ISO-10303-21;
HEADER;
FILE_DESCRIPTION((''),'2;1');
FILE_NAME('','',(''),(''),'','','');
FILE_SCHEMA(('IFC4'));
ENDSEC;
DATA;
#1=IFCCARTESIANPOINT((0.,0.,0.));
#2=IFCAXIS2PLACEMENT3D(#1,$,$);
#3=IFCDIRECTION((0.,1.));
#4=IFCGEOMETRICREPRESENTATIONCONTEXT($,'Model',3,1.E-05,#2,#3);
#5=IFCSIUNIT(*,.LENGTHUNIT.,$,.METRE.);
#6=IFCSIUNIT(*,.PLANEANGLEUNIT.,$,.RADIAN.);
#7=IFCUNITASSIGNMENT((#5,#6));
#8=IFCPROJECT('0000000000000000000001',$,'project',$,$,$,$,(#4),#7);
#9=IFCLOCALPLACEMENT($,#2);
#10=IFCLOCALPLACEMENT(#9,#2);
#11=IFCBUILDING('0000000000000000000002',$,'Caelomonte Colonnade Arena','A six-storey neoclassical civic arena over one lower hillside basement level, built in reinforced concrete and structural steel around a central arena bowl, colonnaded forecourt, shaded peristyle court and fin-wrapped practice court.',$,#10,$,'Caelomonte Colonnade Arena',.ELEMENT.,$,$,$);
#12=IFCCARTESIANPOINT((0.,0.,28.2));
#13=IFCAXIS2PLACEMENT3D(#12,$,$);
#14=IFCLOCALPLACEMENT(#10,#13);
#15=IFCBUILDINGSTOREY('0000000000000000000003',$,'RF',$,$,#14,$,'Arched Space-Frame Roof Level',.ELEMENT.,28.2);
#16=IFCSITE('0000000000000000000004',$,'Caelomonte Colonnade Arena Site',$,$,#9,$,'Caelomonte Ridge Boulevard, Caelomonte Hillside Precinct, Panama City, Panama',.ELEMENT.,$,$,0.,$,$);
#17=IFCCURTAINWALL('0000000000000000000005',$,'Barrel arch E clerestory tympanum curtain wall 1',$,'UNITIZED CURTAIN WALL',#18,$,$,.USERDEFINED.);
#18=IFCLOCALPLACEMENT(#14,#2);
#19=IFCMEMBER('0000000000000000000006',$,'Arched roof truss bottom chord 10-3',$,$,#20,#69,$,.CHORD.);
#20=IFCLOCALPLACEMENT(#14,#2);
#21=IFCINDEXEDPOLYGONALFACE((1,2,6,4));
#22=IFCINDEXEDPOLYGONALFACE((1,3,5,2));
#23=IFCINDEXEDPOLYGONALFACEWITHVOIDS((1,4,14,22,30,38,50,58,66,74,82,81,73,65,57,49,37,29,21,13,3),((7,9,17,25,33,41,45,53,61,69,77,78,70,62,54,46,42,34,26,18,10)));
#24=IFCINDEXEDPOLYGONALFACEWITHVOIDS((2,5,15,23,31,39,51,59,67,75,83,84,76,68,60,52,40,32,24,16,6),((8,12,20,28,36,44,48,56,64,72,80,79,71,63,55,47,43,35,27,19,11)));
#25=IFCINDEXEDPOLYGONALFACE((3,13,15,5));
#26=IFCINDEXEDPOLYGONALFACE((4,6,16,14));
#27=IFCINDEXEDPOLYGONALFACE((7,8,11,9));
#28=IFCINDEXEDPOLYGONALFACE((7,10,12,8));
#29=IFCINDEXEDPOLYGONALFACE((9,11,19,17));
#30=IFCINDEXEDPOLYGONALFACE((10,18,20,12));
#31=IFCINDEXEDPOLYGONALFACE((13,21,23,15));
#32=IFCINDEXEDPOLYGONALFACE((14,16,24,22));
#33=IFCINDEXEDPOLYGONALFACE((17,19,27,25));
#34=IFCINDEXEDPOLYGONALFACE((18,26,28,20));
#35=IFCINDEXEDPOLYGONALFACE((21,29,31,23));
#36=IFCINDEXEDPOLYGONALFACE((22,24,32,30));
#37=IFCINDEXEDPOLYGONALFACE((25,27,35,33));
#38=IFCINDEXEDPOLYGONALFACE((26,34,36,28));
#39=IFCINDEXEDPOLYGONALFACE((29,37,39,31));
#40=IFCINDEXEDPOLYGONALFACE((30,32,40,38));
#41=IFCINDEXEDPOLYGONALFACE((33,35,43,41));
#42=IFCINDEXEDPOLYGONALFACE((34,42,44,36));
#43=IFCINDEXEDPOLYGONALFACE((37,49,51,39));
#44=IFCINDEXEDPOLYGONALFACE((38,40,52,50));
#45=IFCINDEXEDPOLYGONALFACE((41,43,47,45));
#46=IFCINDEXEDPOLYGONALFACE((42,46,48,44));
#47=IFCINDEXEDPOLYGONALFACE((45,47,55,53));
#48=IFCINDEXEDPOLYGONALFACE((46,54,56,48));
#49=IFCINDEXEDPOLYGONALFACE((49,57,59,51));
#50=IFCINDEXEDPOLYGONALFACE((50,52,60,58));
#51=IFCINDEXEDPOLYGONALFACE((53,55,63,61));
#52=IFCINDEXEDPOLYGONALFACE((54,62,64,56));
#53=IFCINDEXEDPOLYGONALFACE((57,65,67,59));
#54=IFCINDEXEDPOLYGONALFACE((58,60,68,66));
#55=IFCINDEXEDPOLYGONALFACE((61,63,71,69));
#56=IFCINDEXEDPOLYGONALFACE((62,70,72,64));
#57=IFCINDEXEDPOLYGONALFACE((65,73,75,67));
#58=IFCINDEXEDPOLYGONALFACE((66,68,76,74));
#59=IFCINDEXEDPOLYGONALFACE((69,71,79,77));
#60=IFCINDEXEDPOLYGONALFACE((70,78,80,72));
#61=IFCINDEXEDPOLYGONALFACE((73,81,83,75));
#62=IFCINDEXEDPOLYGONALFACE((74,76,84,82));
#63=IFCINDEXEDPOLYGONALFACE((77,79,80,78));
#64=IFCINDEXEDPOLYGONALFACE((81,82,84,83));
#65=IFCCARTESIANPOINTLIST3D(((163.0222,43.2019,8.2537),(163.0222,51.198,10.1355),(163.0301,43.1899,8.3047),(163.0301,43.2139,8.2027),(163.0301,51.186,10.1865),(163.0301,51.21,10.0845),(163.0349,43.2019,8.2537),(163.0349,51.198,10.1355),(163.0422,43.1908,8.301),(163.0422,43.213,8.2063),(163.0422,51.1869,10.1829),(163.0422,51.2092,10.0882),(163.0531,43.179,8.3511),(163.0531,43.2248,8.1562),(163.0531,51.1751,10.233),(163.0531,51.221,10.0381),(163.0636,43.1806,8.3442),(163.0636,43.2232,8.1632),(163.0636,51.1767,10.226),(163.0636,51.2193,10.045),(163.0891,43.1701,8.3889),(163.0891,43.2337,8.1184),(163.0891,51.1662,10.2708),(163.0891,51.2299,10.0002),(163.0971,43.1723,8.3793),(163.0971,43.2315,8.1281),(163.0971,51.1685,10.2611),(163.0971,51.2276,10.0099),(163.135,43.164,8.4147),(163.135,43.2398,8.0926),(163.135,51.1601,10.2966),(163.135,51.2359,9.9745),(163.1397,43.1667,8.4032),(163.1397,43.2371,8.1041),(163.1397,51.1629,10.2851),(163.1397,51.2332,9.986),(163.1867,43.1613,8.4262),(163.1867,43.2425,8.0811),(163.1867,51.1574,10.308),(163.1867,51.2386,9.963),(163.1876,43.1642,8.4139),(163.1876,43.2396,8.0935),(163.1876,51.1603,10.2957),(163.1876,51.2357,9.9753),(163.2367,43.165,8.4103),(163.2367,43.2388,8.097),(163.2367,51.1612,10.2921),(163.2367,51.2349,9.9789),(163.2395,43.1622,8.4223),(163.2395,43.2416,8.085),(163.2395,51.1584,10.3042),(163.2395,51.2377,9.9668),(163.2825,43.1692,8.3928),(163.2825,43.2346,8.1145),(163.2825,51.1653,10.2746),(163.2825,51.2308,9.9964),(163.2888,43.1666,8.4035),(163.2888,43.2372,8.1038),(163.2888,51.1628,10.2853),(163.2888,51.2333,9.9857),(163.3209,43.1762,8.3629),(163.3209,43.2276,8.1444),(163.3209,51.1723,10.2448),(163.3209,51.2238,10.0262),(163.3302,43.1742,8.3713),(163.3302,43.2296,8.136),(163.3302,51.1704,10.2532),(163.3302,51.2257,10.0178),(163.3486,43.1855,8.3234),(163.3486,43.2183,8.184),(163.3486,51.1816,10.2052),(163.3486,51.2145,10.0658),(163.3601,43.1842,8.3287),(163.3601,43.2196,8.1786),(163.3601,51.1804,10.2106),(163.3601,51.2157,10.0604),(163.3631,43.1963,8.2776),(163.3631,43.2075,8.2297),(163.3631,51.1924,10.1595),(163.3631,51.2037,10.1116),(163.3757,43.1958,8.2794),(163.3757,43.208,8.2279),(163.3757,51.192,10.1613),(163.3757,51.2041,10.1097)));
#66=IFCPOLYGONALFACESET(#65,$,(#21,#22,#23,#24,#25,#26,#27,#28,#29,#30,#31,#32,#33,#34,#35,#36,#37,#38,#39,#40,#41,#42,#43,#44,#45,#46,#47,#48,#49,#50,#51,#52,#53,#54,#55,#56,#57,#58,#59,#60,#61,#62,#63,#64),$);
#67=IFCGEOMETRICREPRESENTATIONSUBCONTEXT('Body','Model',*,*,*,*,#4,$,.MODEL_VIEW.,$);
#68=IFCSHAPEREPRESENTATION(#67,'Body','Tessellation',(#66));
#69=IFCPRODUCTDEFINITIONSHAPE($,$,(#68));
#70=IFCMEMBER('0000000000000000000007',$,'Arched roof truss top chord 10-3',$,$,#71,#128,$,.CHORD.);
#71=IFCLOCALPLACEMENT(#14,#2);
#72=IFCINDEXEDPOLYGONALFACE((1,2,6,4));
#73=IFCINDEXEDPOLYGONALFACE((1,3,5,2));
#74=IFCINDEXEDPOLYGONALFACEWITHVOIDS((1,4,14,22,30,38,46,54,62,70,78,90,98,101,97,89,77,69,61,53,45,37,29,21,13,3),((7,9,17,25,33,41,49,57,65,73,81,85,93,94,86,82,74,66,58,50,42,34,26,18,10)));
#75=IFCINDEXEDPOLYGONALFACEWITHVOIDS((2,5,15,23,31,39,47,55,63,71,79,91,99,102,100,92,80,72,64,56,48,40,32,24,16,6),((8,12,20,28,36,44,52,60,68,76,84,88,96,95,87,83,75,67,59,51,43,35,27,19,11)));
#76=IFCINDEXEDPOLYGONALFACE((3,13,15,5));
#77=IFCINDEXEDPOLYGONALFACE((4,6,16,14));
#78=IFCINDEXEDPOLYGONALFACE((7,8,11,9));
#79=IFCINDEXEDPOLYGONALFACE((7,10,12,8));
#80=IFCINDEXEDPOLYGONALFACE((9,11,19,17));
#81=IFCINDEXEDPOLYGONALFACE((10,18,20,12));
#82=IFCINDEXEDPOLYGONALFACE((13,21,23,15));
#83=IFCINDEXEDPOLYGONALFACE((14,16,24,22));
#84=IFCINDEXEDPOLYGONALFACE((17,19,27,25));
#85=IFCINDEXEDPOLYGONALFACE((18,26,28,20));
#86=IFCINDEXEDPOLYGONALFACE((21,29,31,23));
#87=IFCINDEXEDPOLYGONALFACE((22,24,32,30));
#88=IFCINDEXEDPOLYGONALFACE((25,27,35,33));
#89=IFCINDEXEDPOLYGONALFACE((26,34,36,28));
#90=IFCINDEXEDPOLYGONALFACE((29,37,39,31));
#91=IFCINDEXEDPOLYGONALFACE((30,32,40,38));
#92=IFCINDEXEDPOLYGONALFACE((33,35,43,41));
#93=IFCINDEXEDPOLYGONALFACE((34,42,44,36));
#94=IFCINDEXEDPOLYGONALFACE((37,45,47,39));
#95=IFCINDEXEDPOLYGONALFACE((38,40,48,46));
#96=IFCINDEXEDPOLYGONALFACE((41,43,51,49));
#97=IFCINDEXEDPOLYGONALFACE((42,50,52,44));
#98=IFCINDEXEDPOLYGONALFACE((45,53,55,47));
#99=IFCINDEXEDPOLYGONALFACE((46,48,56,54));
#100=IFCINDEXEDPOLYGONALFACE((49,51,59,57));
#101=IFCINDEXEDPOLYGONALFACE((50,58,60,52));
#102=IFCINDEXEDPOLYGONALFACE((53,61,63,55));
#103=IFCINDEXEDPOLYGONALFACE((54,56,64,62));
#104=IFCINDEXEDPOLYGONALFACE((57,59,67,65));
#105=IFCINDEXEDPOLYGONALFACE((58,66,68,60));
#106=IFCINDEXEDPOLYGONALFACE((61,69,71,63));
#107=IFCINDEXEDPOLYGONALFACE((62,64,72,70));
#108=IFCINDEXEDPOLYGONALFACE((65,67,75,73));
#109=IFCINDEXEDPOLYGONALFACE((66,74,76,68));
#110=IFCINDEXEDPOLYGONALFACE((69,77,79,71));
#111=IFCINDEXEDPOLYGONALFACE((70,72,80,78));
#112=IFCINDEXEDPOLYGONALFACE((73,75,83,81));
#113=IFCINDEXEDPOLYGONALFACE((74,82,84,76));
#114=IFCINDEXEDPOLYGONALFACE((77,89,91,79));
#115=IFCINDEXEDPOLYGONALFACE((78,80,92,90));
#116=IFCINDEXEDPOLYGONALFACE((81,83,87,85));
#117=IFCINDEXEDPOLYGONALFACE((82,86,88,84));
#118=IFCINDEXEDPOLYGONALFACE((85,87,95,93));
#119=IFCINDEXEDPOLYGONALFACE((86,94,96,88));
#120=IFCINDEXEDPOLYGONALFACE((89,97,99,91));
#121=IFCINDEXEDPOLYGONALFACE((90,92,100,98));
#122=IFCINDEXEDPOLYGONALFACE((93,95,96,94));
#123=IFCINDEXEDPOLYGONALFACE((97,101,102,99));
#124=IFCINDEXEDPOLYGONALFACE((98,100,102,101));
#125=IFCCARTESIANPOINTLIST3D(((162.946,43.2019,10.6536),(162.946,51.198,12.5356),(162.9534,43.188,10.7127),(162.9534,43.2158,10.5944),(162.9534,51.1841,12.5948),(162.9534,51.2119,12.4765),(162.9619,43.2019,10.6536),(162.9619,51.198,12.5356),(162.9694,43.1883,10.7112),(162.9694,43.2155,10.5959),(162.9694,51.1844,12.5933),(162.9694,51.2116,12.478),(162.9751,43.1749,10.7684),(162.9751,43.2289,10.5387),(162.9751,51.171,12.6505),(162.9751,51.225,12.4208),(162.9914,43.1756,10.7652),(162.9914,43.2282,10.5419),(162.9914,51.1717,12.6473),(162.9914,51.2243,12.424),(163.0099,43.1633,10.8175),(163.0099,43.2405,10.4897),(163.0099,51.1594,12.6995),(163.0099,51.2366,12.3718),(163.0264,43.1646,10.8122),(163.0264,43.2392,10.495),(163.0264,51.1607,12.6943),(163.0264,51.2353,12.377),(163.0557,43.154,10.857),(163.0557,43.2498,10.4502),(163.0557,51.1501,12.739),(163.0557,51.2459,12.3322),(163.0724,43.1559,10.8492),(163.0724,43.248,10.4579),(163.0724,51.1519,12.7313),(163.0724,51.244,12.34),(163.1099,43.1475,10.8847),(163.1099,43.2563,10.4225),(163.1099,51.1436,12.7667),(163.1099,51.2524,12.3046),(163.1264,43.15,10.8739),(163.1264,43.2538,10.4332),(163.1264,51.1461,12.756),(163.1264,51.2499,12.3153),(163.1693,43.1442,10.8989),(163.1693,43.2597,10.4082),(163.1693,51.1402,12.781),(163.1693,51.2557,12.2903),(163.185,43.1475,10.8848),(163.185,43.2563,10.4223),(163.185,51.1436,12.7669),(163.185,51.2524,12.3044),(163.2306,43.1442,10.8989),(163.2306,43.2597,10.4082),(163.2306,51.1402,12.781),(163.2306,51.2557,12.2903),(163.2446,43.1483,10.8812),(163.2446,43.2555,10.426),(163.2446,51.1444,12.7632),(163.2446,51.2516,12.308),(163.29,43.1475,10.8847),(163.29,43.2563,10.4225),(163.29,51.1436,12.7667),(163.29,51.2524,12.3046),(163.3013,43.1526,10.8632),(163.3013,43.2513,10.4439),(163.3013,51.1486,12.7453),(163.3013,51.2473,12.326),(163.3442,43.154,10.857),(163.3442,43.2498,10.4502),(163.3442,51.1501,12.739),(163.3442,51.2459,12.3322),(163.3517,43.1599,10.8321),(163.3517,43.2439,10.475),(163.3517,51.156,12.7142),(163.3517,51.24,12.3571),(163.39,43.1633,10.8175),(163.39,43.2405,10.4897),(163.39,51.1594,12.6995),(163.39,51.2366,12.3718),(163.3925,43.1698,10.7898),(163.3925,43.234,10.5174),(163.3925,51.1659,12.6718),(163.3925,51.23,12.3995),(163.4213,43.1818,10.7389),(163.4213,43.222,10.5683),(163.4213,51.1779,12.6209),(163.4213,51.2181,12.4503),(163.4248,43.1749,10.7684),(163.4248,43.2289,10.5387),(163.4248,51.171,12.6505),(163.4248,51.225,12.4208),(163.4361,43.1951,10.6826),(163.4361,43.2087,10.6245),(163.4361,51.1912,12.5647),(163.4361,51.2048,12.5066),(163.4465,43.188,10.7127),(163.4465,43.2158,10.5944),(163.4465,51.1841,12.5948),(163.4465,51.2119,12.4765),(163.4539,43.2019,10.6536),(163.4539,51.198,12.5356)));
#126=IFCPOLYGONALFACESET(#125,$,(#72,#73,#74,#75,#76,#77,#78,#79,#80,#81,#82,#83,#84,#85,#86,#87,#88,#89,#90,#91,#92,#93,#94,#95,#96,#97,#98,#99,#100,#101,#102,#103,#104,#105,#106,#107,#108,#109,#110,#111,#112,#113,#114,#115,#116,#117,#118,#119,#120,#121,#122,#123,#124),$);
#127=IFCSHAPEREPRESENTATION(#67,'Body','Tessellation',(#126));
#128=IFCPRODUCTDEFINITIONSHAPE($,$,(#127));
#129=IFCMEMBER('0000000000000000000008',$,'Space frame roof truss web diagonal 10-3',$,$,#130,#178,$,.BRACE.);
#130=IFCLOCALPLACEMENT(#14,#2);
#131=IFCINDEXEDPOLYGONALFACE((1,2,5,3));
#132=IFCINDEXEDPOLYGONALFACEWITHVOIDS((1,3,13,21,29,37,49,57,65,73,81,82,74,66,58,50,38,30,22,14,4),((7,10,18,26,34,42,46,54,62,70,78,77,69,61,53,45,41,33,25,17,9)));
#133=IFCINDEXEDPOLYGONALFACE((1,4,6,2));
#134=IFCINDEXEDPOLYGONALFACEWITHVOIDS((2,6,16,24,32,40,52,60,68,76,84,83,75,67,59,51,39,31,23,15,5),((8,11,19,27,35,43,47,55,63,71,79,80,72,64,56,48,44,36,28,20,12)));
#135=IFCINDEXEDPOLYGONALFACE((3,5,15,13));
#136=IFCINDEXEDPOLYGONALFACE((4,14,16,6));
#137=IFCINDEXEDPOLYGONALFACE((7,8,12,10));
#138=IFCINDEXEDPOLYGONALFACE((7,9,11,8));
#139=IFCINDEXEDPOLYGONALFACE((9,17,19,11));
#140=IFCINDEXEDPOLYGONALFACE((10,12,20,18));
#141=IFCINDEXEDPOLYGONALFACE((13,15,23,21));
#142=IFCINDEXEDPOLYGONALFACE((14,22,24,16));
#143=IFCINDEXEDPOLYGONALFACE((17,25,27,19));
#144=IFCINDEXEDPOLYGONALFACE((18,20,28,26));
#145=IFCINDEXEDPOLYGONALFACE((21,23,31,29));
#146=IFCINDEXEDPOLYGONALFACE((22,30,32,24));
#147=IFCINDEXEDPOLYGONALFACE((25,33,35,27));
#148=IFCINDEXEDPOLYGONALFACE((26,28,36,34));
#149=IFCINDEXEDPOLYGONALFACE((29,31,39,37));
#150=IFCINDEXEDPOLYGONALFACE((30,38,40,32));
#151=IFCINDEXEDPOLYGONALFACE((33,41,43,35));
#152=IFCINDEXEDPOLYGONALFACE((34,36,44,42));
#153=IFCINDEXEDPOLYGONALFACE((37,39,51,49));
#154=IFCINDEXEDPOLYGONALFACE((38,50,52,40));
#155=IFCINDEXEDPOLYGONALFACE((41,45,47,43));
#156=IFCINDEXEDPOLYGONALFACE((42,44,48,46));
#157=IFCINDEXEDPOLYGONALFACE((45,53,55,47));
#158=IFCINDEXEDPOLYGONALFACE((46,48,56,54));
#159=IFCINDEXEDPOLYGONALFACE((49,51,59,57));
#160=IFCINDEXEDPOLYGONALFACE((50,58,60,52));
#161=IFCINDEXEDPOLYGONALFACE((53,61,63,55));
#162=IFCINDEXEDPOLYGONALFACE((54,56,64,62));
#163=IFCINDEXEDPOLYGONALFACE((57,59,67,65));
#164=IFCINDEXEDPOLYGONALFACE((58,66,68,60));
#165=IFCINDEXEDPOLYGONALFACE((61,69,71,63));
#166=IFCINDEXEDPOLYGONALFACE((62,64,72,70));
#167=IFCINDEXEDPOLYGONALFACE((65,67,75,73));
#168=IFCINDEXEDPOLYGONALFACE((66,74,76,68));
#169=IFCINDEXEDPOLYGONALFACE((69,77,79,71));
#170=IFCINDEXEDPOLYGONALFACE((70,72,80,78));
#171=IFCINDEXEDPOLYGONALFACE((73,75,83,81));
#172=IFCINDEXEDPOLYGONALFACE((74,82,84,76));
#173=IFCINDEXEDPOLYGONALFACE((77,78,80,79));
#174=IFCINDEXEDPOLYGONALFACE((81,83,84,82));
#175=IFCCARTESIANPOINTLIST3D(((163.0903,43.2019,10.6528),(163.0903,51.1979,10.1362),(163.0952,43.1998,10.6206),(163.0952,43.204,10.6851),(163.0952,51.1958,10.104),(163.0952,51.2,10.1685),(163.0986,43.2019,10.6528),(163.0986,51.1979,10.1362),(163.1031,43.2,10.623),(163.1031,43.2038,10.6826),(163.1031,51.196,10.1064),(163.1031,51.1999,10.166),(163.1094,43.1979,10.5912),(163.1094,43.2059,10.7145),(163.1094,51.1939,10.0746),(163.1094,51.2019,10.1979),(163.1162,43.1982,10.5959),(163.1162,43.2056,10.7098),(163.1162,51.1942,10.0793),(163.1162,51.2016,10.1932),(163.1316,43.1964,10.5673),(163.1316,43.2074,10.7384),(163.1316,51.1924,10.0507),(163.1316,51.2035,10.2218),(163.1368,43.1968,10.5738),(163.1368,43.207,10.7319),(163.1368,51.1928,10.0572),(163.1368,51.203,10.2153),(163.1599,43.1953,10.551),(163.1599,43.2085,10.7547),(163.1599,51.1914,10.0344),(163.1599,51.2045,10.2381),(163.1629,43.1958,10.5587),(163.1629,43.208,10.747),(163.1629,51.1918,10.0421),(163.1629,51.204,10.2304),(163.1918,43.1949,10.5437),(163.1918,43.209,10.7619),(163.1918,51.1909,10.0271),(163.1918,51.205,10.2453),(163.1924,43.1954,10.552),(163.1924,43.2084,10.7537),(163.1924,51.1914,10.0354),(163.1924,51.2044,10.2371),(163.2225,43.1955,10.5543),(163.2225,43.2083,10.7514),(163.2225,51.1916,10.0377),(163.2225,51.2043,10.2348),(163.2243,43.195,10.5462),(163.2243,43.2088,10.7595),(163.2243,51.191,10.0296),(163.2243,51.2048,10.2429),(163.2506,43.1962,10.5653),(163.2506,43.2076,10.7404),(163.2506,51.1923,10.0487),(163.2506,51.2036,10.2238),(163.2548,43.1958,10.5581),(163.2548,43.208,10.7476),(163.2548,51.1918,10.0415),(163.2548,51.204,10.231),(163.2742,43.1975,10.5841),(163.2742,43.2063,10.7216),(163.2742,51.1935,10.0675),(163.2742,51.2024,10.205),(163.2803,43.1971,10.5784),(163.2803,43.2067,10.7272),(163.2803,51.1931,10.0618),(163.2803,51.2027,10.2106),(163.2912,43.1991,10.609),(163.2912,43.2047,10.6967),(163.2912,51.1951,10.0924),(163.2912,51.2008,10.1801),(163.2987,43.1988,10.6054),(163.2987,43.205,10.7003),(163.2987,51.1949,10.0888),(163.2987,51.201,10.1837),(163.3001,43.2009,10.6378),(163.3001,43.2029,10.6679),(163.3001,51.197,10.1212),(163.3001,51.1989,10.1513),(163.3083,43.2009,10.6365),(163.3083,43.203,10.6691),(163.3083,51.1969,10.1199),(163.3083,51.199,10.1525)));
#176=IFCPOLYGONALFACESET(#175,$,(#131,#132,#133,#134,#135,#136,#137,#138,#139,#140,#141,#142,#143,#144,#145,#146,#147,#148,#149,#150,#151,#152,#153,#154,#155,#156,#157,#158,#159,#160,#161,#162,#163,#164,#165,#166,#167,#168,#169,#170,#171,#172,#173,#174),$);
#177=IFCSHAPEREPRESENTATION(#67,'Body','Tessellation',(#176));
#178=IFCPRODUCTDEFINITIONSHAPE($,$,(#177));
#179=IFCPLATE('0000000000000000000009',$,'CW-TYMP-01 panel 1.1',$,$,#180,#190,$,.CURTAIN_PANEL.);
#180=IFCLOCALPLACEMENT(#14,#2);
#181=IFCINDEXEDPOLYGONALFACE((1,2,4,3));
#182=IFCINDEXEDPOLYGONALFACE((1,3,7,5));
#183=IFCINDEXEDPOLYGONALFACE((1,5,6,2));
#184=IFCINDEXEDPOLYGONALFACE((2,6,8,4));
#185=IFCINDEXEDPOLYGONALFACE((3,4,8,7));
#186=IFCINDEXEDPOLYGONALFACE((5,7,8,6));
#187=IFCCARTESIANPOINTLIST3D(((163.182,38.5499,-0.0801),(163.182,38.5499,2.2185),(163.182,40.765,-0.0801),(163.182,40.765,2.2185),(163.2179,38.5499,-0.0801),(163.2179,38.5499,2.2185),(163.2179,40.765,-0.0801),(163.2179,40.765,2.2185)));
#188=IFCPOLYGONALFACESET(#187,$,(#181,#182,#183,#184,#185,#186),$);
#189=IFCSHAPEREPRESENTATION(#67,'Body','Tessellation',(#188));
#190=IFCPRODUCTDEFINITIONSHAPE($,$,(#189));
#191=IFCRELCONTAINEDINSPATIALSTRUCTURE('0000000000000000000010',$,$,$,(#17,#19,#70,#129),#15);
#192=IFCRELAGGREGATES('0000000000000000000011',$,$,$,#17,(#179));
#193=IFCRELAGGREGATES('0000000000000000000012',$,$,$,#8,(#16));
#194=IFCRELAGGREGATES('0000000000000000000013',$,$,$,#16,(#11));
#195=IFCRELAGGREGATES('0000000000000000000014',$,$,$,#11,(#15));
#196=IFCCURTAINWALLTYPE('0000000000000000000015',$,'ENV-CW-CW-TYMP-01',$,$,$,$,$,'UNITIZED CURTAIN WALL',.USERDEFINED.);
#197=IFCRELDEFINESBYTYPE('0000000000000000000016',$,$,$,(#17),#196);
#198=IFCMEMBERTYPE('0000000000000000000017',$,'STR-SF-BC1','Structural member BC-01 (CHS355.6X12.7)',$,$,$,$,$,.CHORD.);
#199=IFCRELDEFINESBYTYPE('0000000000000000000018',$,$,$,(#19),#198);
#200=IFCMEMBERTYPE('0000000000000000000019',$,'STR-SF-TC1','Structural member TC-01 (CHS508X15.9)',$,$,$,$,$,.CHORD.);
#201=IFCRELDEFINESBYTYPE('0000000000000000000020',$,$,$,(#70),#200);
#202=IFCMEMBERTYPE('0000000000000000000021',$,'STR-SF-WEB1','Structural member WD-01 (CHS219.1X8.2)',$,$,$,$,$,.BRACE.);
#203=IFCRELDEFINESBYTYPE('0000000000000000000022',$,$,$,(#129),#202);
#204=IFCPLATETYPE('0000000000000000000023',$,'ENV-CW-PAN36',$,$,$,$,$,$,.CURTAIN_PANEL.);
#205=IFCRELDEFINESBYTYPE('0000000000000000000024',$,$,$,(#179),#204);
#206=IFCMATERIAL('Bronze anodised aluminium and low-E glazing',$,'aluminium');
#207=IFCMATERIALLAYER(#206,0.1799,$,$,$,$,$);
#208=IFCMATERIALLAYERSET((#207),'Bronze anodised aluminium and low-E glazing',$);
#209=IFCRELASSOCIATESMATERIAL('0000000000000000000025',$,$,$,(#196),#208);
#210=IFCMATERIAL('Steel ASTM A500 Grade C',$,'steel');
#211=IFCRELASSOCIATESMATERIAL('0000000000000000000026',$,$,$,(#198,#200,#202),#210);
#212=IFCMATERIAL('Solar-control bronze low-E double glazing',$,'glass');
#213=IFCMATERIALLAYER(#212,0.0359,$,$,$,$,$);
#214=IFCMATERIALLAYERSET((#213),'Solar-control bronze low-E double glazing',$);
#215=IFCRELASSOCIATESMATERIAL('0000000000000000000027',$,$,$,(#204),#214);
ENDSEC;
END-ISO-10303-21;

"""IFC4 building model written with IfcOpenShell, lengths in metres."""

from ifc_helpers import new_model, si_unit, direction, frame, origin, origin_2d, place, context, subcontext, project, spatial, rectangle, hollow_circle, extrude, material, layer, layer_set, material_profile, profile_set, type_object, element, aggregate, save


model = new_model("IFC4")

# Units and contexts
model_context = context("Model", 3, precision=1e-05, world=origin(), true_north=direction((0.0, 1.0)))
body_context = subcontext(model_context, "Body", "Model", "MODEL_VIEW")
ifc_project = project(units=[si_unit("LENGTHUNIT", "METRE"), si_unit("PLANEANGLEUNIT", "RADIAN")], contexts=[model_context])

# Site, building, storey
site_placement = place(None, origin())
site = spatial("IfcSite", under=ifc_project, at=site_placement, Name="Caelomonte Colonnade Arena Site", LongName="Caelomonte Ridge Boulevard, Caelomonte Hillside Precinct, Panama City, Panama", CompositionType="ELEMENT", RefElevation=0.0)
building_placement = place(site_placement, origin())
building = spatial("IfcBuilding", under=site, at=building_placement, Name="Caelomonte Colonnade Arena", Description="A six-storey neoclassical civic arena over one lower hillside basement level, built in reinforced concrete and structural steel around a central arena bowl, colonnaded forecourt, shaded peristyle court and fin-wrapped practice court.", LongName="Caelomonte Colonnade Arena", CompositionType="ELEMENT")
storey_placement = place(building_placement, frame((0.0, 0.0, 28.2)))
storey = spatial("IfcBuildingStorey", under=building, at=storey_placement, Name="RF", LongName="Arched Space-Frame Roof Level", CompositionType="ELEMENT", Elevation=28.2)

# Curtain wall
ifc_material_1 = material(Name="Bronze anodised aluminium and low-E glazing", Category="aluminium")
ifc_layer_1 = layer(ifc_material_1, 0.1799)
ifc_layer_set_1 = layer_set([ifc_layer_1], Name="Bronze anodised aluminium and low-E glazing")
curtain_wall_type_1 = type_object("IfcCurtainWallType", Name="ENV-CW-CW-TYMP-01", ElementType="UNITIZED CURTAIN WALL", PredefinedType="USERDEFINED", material=ifc_layer_set_1)
curtain_wall_1_placement = place(storey_placement, origin())
curtain_wall_1 = element("IfcCurtainWall", 1, at=curtain_wall_1_placement, inside=storey, type_object=curtain_wall_type_1, Name="Barrel arch E clerestory tympanum curtain wall 1", ObjectType="UNITIZED CURTAIN WALL", PredefinedType="USERDEFINED")

# Members
ifc_material_2 = material(Name="Steel ASTM A500 Grade C", Category="steel")
ifc_material_profile_1 = material_profile(ifc_material_2, hollow_circle(Radius=0.1777, WallThickness=0.0127, at=origin_2d()), Name="CHS355.6X12.7")
ifc_profile_set_1 = profile_set([ifc_material_profile_1], Name="Steel ASTM A500 Grade C")
member_type_1 = type_object("IfcMemberType", Name="STR-SF-BC1", Description="Structural member BC-01 (CHS355.6X12.7)", PredefinedType="CHORD", material=ifc_profile_set_1)
member_1_placement = place(storey_placement, frame((163.2, 43.2019, 8.2537), z_axis=(0.0, 0.973406, 0.229086), x_axis=(-1.0, 0.0, 0.0)))
element("IfcMember", 2, at=member_1_placement, inside=storey, type_object=member_type_1, Name="Arched roof truss bottom chord 10-3", PredefinedType="CHORD", context=body_context, shape_type="SweptSolid", body=[
    extrude(hollow_circle(Radius=0.1777, WallThickness=0.0127, at=origin_2d()), origin(), (0.0, 0.0, 1.0), 8.2146),
])
ifc_material_profile_2 = material_profile(ifc_material_2, hollow_circle(Radius=0.2539, WallThickness=0.0159, at=origin_2d()), Name="CHS508X15.9")
ifc_profile_set_2 = profile_set([ifc_material_profile_2], Name="Steel ASTM A500 Grade C")
member_type_2 = type_object("IfcMemberType", Name="STR-SF-TC1", Description="Structural member TC-01 (CHS508X15.9)", PredefinedType="CHORD", material=ifc_profile_set_2)
member_2_placement = place(storey_placement, frame((163.2, 43.2019, 10.6536), z_axis=(0.0, 0.9734, 0.229114), x_axis=(-1.0, 0.0, 0.0)))
element("IfcMember", 3, at=member_2_placement, inside=storey, type_object=member_type_2, Name="Arched roof truss top chord 10-3", PredefinedType="CHORD", context=body_context, shape_type="SweptSolid", body=[
    extrude(hollow_circle(Radius=0.2539, WallThickness=0.0159, at=origin_2d()), origin(), (0.0, 0.0, 1.0), 8.2146),
])
ifc_material_profile_3 = material_profile(ifc_material_2, hollow_circle(Radius=0.1096, WallThickness=0.0083, at=origin_2d()), Name="CHS219.1X8.2")
ifc_profile_set_3 = profile_set([ifc_material_profile_3], Name="Steel ASTM A500 Grade C")
member_type_3 = type_object("IfcMemberType", Name="STR-SF-WEB1", Description="Structural member WD-01 (CHS219.1X8.2)", PredefinedType="BRACE", material=ifc_profile_set_3)
member_3_placement = place(storey_placement, frame((163.2, 43.2019, 10.6528), z_axis=(0.0, 0.997919, -0.064472), x_axis=(-1.0, 0.0, 0.0)))
element("IfcMember", 4, at=member_3_placement, inside=storey, type_object=member_type_3, Name="Space frame roof truss web diagonal 10-3", PredefinedType="BRACE", context=body_context, shape_type="SweptSolid", body=[
    extrude(hollow_circle(Radius=0.1096, WallThickness=0.0083, at=origin_2d()), origin(), (0.0, 0.0, 1.0), 8.0127),
])

# Plate
ifc_material_3 = material(Name="Solar-control bronze low-E double glazing", Category="glass")
ifc_layer_2 = layer(ifc_material_3, 0.0359)
ifc_layer_set_2 = layer_set([ifc_layer_2], Name="Solar-control bronze low-E double glazing")
plate_type_1 = type_object("IfcPlateType", Name="ENV-CW-PAN36", PredefinedType="CURTAIN_PANEL", material=ifc_layer_set_2)
plate_1_placement = place(storey_placement, frame((163.2, 39.6575, -0.0801), z_axis=(0.0, 0.0, 1.0), x_axis=(0.0, 1.0, 0.0)))
plate_1 = element("IfcPlate", 5, at=plate_1_placement, type_object=plate_type_1, Name="CW-TYMP-01 panel 1.1", PredefinedType="CURTAIN_PANEL", context=body_context, shape_type="SweptSolid", body=[
    extrude(rectangle(XDim=2.2151, YDim=0.0359, at=origin_2d()), origin(), (0.0, 0.0, 1.0), 2.2986),
])
aggregate(curtain_wall_1, [plate_1])

save(model, "model.ifc")
